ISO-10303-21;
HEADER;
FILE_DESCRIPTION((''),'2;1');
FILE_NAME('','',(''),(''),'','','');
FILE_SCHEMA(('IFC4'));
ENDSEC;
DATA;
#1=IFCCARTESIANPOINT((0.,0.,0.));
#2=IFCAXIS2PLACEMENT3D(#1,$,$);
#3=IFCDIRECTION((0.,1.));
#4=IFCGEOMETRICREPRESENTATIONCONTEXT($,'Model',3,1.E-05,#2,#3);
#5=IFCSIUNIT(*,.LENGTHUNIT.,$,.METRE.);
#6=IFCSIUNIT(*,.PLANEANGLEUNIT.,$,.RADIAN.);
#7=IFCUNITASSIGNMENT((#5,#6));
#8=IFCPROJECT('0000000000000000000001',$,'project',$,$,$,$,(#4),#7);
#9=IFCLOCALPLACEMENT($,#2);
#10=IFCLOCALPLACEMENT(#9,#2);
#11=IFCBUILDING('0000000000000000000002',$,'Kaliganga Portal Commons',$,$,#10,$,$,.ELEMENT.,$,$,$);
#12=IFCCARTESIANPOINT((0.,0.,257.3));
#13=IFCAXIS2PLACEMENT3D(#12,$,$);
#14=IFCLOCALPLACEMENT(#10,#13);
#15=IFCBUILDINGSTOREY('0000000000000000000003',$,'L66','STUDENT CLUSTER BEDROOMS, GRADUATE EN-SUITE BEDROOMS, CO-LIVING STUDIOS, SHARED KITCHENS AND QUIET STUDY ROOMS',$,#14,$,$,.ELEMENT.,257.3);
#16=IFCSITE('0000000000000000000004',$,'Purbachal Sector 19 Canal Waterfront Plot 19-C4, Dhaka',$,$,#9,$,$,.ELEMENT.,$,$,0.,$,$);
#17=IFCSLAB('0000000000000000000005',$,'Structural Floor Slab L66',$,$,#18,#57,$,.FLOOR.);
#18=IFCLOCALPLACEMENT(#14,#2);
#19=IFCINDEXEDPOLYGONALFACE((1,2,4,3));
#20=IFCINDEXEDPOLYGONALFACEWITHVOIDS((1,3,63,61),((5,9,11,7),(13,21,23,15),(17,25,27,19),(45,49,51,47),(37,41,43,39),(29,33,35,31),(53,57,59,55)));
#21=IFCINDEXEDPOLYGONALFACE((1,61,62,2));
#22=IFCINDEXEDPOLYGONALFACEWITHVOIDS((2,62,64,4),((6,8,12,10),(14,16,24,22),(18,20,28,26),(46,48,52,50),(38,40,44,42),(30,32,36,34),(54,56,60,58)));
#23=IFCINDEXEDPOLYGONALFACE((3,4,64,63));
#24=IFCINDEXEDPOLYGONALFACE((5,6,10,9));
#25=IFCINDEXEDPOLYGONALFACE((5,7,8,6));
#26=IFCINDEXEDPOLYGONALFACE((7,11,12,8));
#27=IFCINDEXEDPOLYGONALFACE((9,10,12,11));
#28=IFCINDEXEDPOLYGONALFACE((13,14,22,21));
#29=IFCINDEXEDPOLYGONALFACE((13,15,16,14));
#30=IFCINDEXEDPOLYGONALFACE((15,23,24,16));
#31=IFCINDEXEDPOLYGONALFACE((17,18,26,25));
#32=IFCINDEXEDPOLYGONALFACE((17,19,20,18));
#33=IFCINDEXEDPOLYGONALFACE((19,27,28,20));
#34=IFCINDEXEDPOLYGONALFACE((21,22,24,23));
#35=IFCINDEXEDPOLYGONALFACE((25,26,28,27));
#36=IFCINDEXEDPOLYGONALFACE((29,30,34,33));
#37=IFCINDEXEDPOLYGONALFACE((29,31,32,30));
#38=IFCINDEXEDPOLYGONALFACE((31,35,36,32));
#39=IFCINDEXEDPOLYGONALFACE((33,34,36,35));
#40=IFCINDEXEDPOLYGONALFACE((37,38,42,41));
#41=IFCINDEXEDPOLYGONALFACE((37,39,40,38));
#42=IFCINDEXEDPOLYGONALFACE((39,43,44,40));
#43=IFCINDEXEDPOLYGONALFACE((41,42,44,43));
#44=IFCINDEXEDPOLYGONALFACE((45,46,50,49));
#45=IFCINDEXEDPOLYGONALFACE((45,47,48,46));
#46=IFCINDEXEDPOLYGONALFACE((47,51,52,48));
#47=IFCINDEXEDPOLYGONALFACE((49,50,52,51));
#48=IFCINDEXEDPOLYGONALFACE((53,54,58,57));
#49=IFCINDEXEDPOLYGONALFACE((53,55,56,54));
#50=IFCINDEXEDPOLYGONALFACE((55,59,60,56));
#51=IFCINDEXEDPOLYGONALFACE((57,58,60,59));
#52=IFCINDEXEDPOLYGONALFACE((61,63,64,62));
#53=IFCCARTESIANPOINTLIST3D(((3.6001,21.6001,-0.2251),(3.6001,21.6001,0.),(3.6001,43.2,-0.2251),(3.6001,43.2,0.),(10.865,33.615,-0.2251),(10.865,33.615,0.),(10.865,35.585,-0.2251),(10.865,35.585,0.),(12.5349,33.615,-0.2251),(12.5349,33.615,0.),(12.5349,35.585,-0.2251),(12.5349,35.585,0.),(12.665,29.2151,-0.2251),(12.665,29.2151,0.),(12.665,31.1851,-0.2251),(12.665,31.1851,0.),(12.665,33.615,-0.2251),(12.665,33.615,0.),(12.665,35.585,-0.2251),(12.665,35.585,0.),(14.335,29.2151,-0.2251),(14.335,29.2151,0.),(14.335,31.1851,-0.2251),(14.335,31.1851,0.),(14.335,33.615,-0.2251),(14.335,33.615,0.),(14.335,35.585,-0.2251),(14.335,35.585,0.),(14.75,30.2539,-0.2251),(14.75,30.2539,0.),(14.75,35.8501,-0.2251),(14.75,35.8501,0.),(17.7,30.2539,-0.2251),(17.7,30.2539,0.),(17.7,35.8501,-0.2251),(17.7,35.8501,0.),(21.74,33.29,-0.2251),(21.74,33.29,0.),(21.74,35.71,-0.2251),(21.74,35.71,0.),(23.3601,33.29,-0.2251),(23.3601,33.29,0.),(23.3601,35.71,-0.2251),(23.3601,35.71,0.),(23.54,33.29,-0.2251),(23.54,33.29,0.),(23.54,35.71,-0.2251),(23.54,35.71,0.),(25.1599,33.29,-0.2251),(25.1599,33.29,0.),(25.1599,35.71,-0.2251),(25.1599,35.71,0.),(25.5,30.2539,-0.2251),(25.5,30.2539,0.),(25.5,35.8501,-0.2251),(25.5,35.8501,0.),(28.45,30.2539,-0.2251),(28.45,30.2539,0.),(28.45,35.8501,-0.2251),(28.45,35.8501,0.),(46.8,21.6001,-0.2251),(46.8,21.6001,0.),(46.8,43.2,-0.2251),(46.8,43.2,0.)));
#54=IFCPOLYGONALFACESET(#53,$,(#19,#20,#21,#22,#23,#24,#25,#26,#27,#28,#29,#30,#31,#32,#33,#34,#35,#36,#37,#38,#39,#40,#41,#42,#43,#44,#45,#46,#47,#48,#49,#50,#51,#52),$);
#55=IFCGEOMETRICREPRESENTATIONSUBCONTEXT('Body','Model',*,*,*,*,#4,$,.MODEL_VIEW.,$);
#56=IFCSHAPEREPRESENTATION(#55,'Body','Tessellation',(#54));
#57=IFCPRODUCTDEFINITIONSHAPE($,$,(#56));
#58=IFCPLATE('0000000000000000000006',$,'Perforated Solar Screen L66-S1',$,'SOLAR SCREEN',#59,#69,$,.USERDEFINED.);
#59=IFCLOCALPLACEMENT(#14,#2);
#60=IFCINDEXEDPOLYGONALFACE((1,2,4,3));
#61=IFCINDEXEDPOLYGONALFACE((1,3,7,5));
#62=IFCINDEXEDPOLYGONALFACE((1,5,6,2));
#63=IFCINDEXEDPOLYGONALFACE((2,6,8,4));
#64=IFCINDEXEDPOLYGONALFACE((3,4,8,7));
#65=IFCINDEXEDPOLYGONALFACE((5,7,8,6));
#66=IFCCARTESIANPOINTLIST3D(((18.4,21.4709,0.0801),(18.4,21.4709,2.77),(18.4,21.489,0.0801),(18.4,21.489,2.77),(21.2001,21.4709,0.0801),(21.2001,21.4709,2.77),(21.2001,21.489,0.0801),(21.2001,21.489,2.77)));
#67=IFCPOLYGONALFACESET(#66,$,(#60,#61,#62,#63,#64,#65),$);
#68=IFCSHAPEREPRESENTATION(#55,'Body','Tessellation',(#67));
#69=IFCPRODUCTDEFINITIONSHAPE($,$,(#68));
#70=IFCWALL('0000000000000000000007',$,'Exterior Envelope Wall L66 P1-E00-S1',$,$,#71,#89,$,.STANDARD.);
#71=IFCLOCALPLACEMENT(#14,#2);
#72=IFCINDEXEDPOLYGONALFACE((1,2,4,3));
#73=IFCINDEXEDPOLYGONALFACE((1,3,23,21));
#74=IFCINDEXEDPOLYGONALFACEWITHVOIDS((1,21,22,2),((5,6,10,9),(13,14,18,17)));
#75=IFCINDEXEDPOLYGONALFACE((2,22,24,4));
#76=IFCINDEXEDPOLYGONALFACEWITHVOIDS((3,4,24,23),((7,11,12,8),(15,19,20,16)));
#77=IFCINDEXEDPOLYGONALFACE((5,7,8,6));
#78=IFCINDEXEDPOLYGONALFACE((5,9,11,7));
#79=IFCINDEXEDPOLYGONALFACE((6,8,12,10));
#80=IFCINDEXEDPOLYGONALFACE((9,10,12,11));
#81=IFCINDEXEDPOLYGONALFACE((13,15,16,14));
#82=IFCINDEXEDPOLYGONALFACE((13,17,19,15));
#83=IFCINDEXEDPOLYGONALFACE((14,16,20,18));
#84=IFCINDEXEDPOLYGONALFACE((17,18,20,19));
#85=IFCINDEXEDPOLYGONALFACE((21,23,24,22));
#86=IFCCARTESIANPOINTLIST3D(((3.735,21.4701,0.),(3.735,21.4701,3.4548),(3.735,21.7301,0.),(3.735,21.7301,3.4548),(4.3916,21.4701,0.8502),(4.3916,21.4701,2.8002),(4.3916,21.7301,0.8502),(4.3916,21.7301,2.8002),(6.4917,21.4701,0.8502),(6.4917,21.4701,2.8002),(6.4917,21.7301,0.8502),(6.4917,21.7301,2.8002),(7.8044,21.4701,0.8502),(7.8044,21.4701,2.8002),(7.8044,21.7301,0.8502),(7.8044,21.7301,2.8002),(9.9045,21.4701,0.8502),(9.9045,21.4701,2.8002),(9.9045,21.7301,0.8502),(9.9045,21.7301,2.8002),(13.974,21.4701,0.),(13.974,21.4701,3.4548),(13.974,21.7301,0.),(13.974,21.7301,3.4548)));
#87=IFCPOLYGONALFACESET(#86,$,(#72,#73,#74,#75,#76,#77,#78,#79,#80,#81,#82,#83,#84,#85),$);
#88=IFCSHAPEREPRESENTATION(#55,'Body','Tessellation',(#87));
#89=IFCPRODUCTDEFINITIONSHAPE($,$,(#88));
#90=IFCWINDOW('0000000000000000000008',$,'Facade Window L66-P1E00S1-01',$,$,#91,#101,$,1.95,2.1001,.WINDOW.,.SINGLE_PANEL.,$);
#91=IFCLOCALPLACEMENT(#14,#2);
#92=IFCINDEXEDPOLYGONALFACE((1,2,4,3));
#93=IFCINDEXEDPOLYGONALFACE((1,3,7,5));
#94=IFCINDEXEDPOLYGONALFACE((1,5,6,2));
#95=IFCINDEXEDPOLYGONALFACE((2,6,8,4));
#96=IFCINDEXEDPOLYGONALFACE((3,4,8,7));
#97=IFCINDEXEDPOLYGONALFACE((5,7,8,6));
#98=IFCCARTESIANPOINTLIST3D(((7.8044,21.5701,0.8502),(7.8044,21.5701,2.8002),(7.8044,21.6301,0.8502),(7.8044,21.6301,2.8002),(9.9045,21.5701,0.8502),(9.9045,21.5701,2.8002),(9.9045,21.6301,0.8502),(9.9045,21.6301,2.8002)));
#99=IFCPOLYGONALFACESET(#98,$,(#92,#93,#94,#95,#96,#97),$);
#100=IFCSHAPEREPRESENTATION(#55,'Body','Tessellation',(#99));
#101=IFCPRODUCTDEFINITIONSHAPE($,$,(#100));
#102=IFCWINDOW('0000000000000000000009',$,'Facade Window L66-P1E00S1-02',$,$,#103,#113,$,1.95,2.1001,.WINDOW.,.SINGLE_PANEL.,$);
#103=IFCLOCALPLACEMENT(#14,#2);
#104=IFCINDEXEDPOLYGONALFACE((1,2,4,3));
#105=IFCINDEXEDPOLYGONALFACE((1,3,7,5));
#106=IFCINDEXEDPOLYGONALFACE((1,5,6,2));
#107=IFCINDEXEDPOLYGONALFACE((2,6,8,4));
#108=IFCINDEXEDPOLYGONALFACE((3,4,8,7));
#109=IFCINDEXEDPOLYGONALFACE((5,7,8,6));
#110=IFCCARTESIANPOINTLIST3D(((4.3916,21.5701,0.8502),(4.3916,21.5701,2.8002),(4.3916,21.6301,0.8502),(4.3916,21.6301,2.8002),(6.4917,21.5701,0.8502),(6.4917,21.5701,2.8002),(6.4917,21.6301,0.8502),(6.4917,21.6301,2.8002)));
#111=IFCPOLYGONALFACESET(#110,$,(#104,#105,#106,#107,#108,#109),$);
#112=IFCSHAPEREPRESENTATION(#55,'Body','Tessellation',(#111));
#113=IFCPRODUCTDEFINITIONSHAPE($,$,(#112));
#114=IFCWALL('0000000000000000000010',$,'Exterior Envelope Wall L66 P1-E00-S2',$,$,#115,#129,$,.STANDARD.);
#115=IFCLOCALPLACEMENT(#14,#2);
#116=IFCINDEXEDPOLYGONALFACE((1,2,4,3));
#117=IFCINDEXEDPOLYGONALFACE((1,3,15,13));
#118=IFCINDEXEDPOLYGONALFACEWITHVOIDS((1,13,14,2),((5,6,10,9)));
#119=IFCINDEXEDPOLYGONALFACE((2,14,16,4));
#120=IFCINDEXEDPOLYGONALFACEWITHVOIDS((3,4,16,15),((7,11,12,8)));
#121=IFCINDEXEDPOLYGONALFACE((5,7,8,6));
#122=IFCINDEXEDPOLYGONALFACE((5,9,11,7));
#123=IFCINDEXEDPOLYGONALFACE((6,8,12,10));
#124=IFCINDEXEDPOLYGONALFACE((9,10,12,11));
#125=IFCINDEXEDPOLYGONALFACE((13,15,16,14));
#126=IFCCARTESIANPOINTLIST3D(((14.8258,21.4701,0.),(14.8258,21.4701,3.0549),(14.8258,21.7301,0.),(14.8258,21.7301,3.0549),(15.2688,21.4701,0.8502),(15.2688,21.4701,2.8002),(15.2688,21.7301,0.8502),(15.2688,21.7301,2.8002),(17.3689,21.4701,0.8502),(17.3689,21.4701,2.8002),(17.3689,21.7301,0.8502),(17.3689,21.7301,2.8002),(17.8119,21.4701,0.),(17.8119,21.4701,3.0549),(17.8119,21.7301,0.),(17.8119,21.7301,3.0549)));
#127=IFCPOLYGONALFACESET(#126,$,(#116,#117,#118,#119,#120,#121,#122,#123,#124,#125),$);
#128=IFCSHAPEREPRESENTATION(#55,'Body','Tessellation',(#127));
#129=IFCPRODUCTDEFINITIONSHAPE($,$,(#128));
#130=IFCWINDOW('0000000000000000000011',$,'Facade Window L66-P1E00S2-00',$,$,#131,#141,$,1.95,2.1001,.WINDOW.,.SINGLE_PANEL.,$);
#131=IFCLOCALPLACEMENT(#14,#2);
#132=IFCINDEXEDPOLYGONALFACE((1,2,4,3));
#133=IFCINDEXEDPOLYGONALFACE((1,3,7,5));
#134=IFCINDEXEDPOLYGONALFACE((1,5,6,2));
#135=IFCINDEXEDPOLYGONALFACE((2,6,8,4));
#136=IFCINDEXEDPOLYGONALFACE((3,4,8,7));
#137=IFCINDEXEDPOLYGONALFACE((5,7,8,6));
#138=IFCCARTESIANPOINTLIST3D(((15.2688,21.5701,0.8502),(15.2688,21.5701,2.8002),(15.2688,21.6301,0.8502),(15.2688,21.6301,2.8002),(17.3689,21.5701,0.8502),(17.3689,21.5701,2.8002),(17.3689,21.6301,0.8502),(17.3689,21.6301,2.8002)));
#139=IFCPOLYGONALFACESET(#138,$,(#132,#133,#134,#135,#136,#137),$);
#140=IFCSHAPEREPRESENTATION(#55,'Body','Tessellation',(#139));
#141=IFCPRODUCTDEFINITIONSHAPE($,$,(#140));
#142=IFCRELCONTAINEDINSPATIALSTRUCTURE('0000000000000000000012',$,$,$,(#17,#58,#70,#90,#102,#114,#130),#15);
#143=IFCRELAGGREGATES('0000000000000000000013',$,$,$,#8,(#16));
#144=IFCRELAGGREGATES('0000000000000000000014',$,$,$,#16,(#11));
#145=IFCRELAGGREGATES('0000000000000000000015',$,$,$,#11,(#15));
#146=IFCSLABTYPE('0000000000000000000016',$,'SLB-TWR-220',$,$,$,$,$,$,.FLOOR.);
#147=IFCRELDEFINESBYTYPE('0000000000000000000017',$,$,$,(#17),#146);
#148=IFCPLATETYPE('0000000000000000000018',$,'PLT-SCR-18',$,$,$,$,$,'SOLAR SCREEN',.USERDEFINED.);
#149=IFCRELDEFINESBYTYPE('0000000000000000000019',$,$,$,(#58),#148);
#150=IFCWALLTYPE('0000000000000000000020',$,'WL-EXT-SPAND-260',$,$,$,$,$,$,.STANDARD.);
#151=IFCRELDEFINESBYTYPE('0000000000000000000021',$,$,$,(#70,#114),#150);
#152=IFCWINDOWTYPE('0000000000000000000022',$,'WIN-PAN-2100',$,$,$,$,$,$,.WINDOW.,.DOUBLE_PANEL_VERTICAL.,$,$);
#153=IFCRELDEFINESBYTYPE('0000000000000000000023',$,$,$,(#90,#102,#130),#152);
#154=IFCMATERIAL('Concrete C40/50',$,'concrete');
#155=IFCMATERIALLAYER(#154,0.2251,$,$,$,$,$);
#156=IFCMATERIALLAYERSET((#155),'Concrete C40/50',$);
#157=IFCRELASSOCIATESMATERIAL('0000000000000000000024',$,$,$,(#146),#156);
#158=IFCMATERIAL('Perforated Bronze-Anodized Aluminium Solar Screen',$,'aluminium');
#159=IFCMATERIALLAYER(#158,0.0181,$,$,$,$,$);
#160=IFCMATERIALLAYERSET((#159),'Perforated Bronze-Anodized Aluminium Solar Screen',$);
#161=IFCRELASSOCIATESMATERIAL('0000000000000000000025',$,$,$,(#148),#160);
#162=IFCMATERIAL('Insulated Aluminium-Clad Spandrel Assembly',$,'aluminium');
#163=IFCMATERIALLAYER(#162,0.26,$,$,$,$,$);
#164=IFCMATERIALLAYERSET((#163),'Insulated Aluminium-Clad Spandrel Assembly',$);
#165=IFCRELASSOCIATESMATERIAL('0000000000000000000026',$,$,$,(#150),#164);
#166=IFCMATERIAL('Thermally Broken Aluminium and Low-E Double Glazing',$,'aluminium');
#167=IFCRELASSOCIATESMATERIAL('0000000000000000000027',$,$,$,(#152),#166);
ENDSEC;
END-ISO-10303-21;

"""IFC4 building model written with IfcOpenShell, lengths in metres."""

from ifc_helpers import new_model, si_unit, direction, frame, frame_2d, origin, origin_2d, place, context, subcontext, project, spatial, polyline, rectangle, outline, extrude, source, transform, mapped, material, layer, layer_set, type_object, element, fill, save


model = new_model("IFC4")

# Units and contexts
model_context = context("Model", 3, precision=1e-05, world=origin(), true_north=direction((0.0, 1.0)))
body_context = subcontext(model_context, "Body", "Model", "MODEL_VIEW")
ifc_project = project(units=[si_unit("LENGTHUNIT", "METRE"), si_unit("PLANEANGLEUNIT", "RADIAN")], contexts=[model_context])

# Site, building, storey
site_placement = place(None, origin())
site = spatial("IfcSite", under=ifc_project, at=site_placement, Name="Purbachal Sector 19 Canal Waterfront Plot 19-C4, Dhaka", CompositionType="ELEMENT", RefElevation=0.0)
building_placement = place(site_placement, origin())
building = spatial("IfcBuilding", under=site, at=building_placement, Name="Kaliganga Portal Commons", CompositionType="ELEMENT")
storey_placement = place(building_placement, frame((0.0, 0.0, 257.3)))
storey = spatial("IfcBuildingStorey", under=building, at=storey_placement, Name="L66", Description="STUDENT CLUSTER BEDROOMS, GRADUATE EN-SUITE BEDROOMS, CO-LIVING STUDIOS, SHARED KITCHENS AND QUIET STUDY ROOMS", CompositionType="ELEMENT", Elevation=257.3)

# Shared definitions
ifc_material_1 = material(Name="Concrete C40/50", Category="concrete")

# Slab
ifc_layer_1 = layer(ifc_material_1, 0.2251)
ifc_layer_set_1 = layer_set([ifc_layer_1], Name="Concrete C40/50")
slab_type_1 = type_object("IfcSlabType", Name="SLB-TWR-220", PredefinedType="FLOOR", material=ifc_layer_set_1)
slab_1_placement = place(storey_placement, frame((0.0, 0.0, -0.2251)))
element("IfcSlab", 1, at=slab_1_placement, inside=storey, type_object=slab_type_1, Name="Structural Floor Slab L66", PredefinedType="FLOOR", context=body_context, shape_type="SweptSolid", body=[
    extrude(outline(polyline([(3.6001, 21.6001), (46.8, 21.6001), (46.8, 43.2), (3.6001, 43.2), (3.6001, 21.6001)]), holes=[polyline([(14.75, 30.2539), (14.75, 35.8501), (17.7, 35.8501), (17.7, 30.2539), (14.75, 30.2539)]), polyline([(25.5, 30.2539), (25.5, 35.8501), (28.45, 35.8501), (28.45, 30.2539), (25.5, 30.2539)]), polyline([(12.665, 33.615), (12.665, 35.585), (14.335, 35.585), (14.335, 33.615), (12.665, 33.615)]), polyline([(12.665, 29.2151), (12.665, 31.1851), (14.335, 31.1851), (14.335, 29.2151), (12.665, 29.2151)]), polyline([(10.865, 33.615), (10.865, 35.585), (12.5349, 35.585), (12.5349, 33.615), (10.865, 33.615)]), polyline([(21.74, 33.29), (21.74, 35.71), (23.3601, 35.71), (23.3601, 33.29), (21.74, 33.29)]), polyline([(23.54, 33.29), (23.54, 35.71), (25.1599, 35.71), (25.1599, 33.29), (23.54, 33.29)])]), origin(), (0.0, 0.0, 1.0), 0.2251),
])

# Plate
ifc_material_2 = material(Name="Perforated Bronze-Anodized Aluminium Solar Screen", Category="aluminium")
ifc_layer_2 = layer(ifc_material_2, 0.0181)
ifc_layer_set_2 = layer_set([ifc_layer_2], Name="Perforated Bronze-Anodized Aluminium Solar Screen")
plate_type = type_object("IfcPlateType", Name="PLT-SCR-18", ElementType="SOLAR SCREEN", PredefinedType="USERDEFINED", material=ifc_layer_set_2)
shared_shape_1 = source(origin(), body_context, "Body", "SweptSolid", [
    extrude(rectangle(XDim=2.8, YDim=0.0181, at=origin_2d()), origin(), (0.0, 0.0, 1.0), 2.6899),
])
plate_placement = place(storey_placement, frame((19.8, 21.48, 0.0801), z_axis=(0.0, 0.0, 1.0), x_axis=(1.0, 0.0, 0.0)))
element("IfcPlate", 2, at=plate_placement, inside=storey, type_object=plate_type, Name="Perforated Solar Screen L66-S1", ObjectType="SOLAR SCREEN", PredefinedType="USERDEFINED", context=body_context, shape_type="MappedRepresentation", body=[
    mapped(shared_shape_1, transform((0.0, 0.0, 0.0), x_axis=(1.0, 0.0, 0.0), y_axis=(0.0, 1.0, 0.0), z_axis=(0.0, 0.0, 1.0), scale=1.0)),
])

# Wall, openings, windows
ifc_material_3 = material(Name="Insulated Aluminium-Clad Spandrel Assembly", Category="aluminium")
ifc_layer_3 = layer(ifc_material_3, 0.26)
ifc_layer_set_3 = layer_set([ifc_layer_3], Name="Insulated Aluminium-Clad Spandrel Assembly")
wall_type = type_object("IfcWallType", Name="WL-EXT-SPAND-260", PredefinedType="STANDARD", material=ifc_layer_set_3)
wall_1_placement = place(storey_placement, frame((13.9741, 21.6001, 0.0), z_axis=(0.0, 0.0, 1.0), x_axis=(-1.0, 0.0, 0.0)))
wall_1 = element("IfcWall", 3, at=wall_1_placement, inside=storey, type_object=wall_type, Name="Exterior Envelope Wall L66 P1-E00-S1", PredefinedType="STANDARD", context=body_context, shape_type="SweptSolid", body=[
    extrude(rectangle(XDim=10.239, YDim=0.26, at=frame_2d((5.1196, 0.0))), origin(), (0.0, 0.0, 1.0), 3.4548),
])
opening_1_placement = place(wall_1_placement, frame((4.0696, 0.0, 0.8501)))
opening_1 = element("IfcOpeningElement", 4, at=opening_1_placement, cuts=wall_1, PredefinedType="OPENING", context=body_context, shape_type="SweptSolid", body=[
    extrude(rectangle(XDim=2.1001, YDim=1.95, at=frame_2d((1.05, 0.9751))), frame((0.0, 0.1401, 0.0), z_axis=(0.0, -1.0, 0.0), x_axis=(1.0, 0.0, 0.0)), (0.0, 0.0, 1.0), 0.28),
])
opening_2_placement = place(wall_1_placement, frame((7.4824, 0.0, 0.8501)))
opening_2 = element("IfcOpeningElement", 5, at=opening_2_placement, cuts=wall_1, PredefinedType="OPENING", context=body_context, shape_type="SweptSolid", body=[
    extrude(rectangle(XDim=2.1001, YDim=1.95, at=frame_2d((1.05, 0.9751))), frame((0.0, 0.1401, 0.0), z_axis=(0.0, -1.0, 0.0), x_axis=(1.0, 0.0, 0.0)), (0.0, 0.0, 1.0), 0.28),
])
ifc_material_4 = material(Name="Thermally Broken Aluminium and Low-E Double Glazing", Category="aluminium")
window_type_1 = type_object("IfcWindowType", Name="WIN-PAN-2100", PartitioningType="DOUBLE_PANEL_VERTICAL", PredefinedType="WINDOW", material=ifc_material_4)
window_1_placement = place(opening_1_placement, origin())
window_1 = element("IfcWindow", 6, at=window_1_placement, inside=storey, type_object=window_type_1, Name="Facade Window L66-P1E00S1-01", OverallHeight=1.95, OverallWidth=2.1001, PartitioningType="SINGLE_PANEL", PredefinedType="WINDOW", context=body_context, shape_type="SweptSolid", body=[
    extrude(rectangle(XDim=2.1001, YDim=1.95, at=frame_2d((1.05, 0.9751))), frame((0.0, 0.03, 0.0), z_axis=(0.0, -1.0, 0.0), x_axis=(1.0, 0.0, 0.0)), (0.0, 0.0, 1.0), 0.0601),
])
fill(opening_1, window_1)
window_2_placement = place(opening_2_placement, origin())
window_2 = element("IfcWindow", 7, at=window_2_placement, inside=storey, type_object=window_type_1, Name="Facade Window L66-P1E00S1-02", OverallHeight=1.95, OverallWidth=2.1001, PartitioningType="SINGLE_PANEL", PredefinedType="WINDOW", context=body_context, shape_type="SweptSolid", body=[
    extrude(rectangle(XDim=2.1001, YDim=1.95, at=frame_2d((1.05, 0.9751))), frame((0.0, 0.03, 0.0), z_axis=(0.0, -1.0, 0.0), x_axis=(1.0, 0.0, 0.0)), (0.0, 0.0, 1.0), 0.0601),
])
fill(opening_2, window_2)

# Wall, opening, window
wall_2_placement = place(storey_placement, frame((17.812, 21.6001, 0.0), z_axis=(0.0, 0.0, 1.0), x_axis=(-1.0, 0.0, 0.0)))
wall_2 = element("IfcWall", 8, at=wall_2_placement, inside=storey, type_object=wall_type, Name="Exterior Envelope Wall L66 P1-E00-S2", PredefinedType="STANDARD", context=body_context, shape_type="SweptSolid", body=[
    extrude(rectangle(XDim=2.9861, YDim=0.26, at=frame_2d((1.4932, 0.0))), origin(), (0.0, 0.0, 1.0), 3.0549),
])
opening_3_placement = place(wall_2_placement, frame((0.4431, 0.0, 0.8501)))
opening_3 = element("IfcOpeningElement", 9, at=opening_3_placement, cuts=wall_2, PredefinedType="OPENING", context=body_context, shape_type="SweptSolid", body=[
    extrude(rectangle(XDim=2.1001, YDim=1.95, at=frame_2d((1.05, 0.9751))), frame((0.0, 0.1401, 0.0), z_axis=(0.0, -1.0, 0.0), x_axis=(1.0, 0.0, 0.0)), (0.0, 0.0, 1.0), 0.28),
])
window_3_placement = place(opening_3_placement, origin())
window_3 = element("IfcWindow", 10, at=window_3_placement, inside=storey, type_object=window_type_1, Name="Facade Window L66-P1E00S2-00", OverallHeight=1.95, OverallWidth=2.1001, PartitioningType="SINGLE_PANEL", PredefinedType="WINDOW", context=body_context, shape_type="SweptSolid", body=[
    extrude(rectangle(XDim=2.1001, YDim=1.95, at=frame_2d((1.05, 0.9751))), frame((0.0, 0.03, 0.0), z_axis=(0.0, -1.0, 0.0), x_axis=(1.0, 0.0, 0.0)), (0.0, 0.0, 1.0), 0.0601),
])
fill(opening_3, window_3)

save(model, "model.ifc")
